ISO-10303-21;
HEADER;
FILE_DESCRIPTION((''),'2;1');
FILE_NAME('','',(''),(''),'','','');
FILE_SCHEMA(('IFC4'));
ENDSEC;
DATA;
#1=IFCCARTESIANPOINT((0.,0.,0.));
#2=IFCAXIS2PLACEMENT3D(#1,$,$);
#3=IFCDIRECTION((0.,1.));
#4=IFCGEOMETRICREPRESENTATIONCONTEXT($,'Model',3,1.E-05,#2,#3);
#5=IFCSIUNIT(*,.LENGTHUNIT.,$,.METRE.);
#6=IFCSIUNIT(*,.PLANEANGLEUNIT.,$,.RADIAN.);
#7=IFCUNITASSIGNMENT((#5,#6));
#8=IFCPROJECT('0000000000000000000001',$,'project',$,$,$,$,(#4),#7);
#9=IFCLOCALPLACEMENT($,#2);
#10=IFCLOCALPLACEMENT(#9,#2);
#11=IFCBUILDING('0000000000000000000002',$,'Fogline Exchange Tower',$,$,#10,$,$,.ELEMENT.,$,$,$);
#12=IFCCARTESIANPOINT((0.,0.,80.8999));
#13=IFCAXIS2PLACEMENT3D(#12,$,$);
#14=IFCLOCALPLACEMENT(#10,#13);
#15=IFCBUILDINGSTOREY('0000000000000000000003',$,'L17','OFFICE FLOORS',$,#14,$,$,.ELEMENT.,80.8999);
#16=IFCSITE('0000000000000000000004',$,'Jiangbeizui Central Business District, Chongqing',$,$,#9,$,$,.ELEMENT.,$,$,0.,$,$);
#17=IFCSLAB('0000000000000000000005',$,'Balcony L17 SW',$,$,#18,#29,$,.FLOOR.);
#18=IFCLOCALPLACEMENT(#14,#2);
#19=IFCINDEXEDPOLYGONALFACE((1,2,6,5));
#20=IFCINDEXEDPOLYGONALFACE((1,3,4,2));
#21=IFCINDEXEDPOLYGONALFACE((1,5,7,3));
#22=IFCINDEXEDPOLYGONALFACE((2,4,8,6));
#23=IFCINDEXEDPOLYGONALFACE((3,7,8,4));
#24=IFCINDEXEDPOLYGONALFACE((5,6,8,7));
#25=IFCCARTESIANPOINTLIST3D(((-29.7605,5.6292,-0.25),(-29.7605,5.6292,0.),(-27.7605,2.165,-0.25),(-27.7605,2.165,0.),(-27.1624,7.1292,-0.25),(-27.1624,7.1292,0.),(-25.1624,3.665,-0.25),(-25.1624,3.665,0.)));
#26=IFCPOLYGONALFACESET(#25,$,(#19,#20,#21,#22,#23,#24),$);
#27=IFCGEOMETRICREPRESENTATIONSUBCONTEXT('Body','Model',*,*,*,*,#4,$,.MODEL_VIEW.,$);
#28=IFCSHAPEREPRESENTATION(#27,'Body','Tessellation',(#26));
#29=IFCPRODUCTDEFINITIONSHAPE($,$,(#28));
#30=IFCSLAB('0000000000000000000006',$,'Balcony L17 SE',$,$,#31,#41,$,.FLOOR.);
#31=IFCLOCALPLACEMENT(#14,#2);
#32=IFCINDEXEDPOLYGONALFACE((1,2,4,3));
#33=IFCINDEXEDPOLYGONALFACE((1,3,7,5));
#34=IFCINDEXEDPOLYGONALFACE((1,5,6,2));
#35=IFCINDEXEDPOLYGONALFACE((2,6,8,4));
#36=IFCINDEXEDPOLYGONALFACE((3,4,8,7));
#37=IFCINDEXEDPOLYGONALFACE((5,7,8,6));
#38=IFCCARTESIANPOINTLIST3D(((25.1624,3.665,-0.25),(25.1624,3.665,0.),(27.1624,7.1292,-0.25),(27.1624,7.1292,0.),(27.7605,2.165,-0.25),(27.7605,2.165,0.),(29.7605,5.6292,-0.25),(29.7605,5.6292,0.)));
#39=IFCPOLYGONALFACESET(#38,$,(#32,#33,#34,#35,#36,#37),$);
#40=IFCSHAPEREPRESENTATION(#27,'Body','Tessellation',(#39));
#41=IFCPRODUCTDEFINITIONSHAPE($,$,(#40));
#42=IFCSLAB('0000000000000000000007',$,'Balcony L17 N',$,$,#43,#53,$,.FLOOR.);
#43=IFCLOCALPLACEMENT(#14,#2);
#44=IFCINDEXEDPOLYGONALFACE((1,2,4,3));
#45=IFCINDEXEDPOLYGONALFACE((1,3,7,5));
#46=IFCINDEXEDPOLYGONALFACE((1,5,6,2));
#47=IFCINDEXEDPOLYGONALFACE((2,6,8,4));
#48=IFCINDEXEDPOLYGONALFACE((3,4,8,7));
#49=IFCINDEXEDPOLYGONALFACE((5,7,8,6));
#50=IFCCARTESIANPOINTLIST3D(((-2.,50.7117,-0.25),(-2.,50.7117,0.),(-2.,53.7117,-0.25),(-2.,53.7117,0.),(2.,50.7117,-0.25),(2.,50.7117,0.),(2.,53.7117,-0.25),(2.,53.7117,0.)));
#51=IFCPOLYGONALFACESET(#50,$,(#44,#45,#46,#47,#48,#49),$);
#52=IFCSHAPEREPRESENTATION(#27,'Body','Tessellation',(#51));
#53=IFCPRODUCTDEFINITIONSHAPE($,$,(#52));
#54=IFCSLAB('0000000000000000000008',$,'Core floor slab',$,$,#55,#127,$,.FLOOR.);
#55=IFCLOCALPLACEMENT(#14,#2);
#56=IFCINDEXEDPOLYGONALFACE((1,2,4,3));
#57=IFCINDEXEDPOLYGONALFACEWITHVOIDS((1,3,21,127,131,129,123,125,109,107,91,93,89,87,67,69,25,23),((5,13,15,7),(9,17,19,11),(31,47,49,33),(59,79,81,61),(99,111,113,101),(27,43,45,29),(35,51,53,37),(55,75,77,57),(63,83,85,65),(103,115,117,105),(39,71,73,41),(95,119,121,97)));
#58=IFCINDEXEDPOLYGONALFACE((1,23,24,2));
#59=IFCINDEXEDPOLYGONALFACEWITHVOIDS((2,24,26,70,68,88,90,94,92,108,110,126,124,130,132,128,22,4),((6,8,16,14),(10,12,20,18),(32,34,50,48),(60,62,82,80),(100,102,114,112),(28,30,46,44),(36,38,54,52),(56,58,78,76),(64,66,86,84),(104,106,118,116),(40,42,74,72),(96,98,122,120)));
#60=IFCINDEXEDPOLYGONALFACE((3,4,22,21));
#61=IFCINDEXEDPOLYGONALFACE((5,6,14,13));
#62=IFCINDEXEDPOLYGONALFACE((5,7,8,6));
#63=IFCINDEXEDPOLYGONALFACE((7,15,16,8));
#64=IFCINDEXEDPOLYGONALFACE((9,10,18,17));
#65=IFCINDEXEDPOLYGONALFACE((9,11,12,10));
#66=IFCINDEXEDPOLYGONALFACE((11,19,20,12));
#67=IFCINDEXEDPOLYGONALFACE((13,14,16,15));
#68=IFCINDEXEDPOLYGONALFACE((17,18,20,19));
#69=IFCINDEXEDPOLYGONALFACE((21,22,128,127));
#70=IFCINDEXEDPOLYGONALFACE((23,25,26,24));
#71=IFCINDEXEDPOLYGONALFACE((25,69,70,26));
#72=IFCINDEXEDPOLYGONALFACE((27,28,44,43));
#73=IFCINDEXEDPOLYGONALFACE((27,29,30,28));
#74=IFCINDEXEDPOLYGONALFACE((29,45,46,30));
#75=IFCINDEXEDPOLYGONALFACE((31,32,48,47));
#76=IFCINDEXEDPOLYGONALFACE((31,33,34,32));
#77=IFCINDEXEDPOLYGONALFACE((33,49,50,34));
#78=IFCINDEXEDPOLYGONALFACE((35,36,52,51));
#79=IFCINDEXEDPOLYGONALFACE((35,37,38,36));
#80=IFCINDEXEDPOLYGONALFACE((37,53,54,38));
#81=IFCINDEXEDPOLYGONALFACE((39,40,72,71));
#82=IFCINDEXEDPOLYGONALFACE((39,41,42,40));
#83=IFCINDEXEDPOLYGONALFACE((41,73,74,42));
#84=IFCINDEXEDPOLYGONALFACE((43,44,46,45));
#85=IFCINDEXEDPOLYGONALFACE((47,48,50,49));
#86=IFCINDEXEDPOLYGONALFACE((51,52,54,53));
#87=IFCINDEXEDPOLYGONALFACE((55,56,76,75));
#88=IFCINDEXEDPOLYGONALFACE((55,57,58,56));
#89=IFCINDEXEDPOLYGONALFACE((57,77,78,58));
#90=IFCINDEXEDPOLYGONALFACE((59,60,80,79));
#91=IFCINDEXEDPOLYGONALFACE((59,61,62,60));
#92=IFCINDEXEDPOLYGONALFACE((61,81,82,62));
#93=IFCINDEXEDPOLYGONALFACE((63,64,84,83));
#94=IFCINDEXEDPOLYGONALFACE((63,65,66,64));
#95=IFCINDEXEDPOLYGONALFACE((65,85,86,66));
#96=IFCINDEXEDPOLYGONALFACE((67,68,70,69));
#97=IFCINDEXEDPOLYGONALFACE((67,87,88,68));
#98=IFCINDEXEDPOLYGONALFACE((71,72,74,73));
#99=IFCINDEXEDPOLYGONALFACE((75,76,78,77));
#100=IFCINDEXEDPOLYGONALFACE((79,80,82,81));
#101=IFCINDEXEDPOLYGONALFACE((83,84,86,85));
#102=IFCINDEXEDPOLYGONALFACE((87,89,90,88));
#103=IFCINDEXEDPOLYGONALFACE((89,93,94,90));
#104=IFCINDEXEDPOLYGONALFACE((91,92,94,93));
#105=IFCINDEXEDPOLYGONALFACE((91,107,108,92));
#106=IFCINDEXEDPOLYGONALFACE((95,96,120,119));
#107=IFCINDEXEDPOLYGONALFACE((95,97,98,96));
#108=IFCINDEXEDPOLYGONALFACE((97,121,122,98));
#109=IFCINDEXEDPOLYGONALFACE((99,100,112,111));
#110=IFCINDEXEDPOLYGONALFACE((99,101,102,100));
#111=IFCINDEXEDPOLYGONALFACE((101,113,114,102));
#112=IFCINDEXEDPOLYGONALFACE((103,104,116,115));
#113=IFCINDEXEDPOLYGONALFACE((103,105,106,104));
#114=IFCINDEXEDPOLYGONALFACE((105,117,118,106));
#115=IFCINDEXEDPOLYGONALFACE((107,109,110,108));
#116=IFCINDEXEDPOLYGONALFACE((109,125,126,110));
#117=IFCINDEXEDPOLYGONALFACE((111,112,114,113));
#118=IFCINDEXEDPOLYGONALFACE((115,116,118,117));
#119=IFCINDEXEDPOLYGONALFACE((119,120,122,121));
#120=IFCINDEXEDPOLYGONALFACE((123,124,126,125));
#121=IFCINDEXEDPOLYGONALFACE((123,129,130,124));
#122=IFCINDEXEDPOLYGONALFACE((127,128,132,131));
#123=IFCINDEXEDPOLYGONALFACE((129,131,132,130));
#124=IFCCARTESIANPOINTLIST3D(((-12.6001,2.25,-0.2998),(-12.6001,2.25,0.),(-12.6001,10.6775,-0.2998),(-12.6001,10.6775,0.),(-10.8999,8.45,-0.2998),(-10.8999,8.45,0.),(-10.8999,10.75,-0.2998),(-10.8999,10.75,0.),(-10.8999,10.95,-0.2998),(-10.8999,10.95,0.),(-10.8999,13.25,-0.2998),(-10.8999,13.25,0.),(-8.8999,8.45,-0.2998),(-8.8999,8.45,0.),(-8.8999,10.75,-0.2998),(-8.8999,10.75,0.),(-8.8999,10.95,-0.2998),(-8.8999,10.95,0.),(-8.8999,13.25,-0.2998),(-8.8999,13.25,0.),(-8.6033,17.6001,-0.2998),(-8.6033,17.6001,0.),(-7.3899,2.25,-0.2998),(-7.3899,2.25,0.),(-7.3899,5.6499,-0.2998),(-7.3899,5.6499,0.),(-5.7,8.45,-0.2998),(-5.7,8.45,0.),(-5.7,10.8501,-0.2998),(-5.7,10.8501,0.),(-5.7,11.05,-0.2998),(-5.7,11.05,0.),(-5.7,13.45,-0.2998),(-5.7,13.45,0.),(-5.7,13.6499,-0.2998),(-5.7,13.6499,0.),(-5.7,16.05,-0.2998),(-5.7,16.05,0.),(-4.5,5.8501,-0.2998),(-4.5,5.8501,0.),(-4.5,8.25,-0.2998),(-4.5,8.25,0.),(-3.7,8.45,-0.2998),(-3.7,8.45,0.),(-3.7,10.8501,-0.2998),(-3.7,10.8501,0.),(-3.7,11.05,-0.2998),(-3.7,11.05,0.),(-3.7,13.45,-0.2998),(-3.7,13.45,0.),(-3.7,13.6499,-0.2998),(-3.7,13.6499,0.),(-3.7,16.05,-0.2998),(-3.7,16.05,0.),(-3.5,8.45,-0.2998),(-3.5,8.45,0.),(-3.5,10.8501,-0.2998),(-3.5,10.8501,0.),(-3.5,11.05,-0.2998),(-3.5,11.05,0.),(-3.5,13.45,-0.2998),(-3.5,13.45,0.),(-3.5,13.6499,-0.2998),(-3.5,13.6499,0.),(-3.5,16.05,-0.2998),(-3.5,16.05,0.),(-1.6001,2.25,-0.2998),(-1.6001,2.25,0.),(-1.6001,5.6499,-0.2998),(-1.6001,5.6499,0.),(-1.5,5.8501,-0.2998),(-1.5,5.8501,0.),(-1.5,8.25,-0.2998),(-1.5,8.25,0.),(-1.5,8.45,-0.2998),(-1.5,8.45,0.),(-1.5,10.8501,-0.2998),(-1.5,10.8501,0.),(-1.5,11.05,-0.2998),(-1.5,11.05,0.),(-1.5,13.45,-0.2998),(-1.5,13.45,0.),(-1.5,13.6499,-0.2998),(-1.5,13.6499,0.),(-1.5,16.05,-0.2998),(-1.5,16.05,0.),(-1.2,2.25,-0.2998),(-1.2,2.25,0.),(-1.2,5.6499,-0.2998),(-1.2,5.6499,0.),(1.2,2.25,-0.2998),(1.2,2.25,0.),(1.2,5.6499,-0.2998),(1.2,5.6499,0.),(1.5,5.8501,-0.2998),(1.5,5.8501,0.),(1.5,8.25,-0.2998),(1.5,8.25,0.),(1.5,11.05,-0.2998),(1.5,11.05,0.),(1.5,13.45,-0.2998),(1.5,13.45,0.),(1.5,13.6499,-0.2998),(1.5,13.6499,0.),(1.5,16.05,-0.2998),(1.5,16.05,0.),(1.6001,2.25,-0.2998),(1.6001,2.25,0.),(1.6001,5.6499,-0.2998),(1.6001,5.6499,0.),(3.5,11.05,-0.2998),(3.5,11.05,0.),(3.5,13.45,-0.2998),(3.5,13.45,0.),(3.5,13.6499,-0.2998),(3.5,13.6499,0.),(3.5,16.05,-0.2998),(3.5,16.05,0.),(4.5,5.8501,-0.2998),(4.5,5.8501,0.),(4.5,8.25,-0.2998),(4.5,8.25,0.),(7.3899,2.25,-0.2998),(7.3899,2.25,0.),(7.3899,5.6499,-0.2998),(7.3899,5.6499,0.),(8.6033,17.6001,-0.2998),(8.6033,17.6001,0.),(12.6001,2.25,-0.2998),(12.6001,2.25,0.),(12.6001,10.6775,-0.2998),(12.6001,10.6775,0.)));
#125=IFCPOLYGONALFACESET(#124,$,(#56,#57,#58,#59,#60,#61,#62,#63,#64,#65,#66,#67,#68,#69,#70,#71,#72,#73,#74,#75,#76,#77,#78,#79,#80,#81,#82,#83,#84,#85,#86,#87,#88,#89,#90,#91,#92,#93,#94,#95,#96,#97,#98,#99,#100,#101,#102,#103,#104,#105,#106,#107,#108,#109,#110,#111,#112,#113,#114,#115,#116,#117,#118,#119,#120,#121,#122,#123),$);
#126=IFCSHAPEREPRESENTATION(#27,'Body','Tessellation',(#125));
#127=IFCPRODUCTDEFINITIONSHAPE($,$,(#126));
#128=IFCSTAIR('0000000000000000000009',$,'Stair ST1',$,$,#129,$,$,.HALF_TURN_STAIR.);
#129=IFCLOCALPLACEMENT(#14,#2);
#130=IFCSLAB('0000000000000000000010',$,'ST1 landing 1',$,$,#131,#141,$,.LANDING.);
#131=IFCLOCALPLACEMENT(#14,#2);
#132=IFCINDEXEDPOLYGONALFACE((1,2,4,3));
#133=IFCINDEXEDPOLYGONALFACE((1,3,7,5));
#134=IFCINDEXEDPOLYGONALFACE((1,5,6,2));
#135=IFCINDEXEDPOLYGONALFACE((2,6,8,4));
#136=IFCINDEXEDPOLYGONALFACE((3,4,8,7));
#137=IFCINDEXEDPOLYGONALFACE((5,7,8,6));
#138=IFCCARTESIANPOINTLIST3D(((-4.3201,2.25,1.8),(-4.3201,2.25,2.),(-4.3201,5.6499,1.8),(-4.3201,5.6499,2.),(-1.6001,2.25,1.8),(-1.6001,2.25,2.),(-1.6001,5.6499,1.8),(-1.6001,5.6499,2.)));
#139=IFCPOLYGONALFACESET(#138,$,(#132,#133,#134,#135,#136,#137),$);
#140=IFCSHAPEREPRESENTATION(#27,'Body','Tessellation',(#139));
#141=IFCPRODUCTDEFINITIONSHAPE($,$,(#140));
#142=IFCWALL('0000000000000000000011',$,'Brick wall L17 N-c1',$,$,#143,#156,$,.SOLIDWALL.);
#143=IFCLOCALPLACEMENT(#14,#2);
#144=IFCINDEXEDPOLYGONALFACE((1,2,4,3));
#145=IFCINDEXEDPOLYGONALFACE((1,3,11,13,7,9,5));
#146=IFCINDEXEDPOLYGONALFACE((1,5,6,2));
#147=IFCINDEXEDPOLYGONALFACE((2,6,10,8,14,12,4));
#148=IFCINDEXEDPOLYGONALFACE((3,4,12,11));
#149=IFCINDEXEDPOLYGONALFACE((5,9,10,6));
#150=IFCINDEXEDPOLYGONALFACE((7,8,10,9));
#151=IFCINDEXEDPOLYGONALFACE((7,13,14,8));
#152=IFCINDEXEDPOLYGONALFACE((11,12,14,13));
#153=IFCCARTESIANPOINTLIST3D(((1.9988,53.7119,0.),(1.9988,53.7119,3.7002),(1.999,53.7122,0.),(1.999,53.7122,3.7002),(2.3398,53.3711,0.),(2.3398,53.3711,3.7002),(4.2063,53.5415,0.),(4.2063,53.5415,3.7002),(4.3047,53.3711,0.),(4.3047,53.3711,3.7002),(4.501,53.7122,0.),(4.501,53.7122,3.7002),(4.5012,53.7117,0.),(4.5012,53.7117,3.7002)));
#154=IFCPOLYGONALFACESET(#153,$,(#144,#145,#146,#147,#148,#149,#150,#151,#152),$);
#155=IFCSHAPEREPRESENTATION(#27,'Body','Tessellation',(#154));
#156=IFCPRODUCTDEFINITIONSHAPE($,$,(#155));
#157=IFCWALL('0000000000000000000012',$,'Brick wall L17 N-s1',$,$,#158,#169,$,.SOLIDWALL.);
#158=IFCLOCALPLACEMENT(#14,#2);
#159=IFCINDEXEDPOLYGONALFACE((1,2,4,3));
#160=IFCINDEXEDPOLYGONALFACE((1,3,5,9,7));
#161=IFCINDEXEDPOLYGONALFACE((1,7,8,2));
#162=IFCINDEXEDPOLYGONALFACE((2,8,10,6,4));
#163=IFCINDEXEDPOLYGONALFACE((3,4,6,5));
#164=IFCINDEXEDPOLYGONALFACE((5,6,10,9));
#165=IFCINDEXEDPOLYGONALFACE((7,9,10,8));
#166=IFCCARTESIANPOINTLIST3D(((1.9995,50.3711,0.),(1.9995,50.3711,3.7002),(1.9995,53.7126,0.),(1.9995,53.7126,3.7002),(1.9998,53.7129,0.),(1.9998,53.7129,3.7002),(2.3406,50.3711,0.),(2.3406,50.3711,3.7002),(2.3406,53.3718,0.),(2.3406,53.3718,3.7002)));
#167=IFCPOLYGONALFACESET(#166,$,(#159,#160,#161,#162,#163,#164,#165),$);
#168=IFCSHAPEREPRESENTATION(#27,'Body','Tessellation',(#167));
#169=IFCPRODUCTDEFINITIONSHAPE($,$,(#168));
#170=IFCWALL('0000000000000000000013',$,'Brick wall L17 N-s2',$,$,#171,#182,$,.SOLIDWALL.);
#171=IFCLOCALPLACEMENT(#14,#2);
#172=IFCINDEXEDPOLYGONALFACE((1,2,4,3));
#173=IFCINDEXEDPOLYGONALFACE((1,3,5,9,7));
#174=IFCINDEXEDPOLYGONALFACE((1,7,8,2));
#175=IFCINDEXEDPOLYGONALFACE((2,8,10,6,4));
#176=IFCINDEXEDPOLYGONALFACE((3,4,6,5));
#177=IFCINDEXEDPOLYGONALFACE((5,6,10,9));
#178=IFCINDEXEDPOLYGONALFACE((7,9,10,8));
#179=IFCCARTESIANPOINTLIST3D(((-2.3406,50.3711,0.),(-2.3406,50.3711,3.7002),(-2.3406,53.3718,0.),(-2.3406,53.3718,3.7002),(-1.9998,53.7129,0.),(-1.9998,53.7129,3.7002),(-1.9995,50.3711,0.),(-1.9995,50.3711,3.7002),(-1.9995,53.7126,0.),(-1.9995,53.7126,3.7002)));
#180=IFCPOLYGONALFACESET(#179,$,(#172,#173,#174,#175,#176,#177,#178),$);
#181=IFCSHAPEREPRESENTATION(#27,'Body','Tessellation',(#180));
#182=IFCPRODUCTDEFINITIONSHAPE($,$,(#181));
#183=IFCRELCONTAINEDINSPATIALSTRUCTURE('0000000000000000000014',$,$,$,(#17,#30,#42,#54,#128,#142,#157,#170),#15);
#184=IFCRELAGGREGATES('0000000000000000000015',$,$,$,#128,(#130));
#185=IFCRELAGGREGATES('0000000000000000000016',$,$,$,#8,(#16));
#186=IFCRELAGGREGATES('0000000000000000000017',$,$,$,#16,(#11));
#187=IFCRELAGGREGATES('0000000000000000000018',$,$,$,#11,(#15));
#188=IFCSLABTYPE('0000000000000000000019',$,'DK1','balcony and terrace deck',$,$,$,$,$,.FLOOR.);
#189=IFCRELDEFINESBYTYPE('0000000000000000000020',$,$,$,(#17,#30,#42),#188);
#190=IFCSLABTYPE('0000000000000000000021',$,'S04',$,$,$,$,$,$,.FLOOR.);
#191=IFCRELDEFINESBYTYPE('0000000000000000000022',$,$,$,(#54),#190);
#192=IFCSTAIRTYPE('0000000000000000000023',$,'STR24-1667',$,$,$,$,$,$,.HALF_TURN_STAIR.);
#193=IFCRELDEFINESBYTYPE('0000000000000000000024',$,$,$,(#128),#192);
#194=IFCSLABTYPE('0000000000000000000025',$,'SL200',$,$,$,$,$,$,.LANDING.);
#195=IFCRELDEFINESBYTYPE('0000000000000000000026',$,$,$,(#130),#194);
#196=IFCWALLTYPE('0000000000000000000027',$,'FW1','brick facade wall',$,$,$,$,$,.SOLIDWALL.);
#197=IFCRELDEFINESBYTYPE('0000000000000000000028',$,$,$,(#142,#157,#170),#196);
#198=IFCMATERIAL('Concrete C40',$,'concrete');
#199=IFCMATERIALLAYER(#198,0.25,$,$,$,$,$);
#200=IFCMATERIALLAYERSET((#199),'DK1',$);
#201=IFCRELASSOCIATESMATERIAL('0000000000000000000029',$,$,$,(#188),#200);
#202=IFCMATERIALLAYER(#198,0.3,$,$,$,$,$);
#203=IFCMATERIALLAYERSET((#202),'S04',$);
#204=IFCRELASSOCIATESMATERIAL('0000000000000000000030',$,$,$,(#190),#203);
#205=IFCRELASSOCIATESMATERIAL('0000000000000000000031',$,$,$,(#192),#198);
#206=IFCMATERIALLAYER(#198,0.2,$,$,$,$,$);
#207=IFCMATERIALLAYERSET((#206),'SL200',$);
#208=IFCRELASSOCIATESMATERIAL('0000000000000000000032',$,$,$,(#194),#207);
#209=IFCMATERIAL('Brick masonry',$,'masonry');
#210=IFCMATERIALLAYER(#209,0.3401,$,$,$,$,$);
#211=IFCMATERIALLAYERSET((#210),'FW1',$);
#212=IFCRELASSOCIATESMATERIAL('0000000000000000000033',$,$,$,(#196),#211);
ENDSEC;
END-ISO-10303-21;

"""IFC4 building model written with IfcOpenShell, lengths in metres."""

from ifc_helpers import new_model, si_unit, direction, frame, origin, place, context, subcontext, project, spatial, polyline, outline, extrude, material, layer, layer_set, type_object, element, aggregate, save


model = new_model("IFC4")

# Units and contexts
model_context = context("Model", 3, precision=1e-05, world=origin(), true_north=direction((0.0, 1.0)))
body_context = subcontext(model_context, "Body", "Model", "MODEL_VIEW")
ifc_project = project(units=[si_unit("LENGTHUNIT", "METRE"), si_unit("PLANEANGLEUNIT", "RADIAN")], contexts=[model_context])

# Site, building, storey
site_placement = place(None, origin())
site = spatial("IfcSite", under=ifc_project, at=site_placement, Name="Jiangbeizui Central Business District, Chongqing", CompositionType="ELEMENT", RefElevation=0.0)
building_placement = place(site_placement, origin())
building = spatial("IfcBuilding", under=site, at=building_placement, Name="Fogline Exchange Tower", CompositionType="ELEMENT")
storey_placement = place(building_placement, frame((0.0, 0.0, 80.8999)))
storey = spatial("IfcBuildingStorey", under=building, at=storey_placement, Name="L17", Description="OFFICE FLOORS", CompositionType="ELEMENT", Elevation=80.8999)

# Slabs
ifc_material_1 = material(Name="Concrete C40", Category="concrete")
ifc_layer_1 = layer(ifc_material_1, 0.25)
ifc_layer_set_1 = layer_set([ifc_layer_1], Name="DK1")
slab_type_1 = type_object("IfcSlabType", Name="DK1", Description="balcony and terrace deck", PredefinedType="FLOOR", material=ifc_layer_set_1)
slab_1_placement = place(storey_placement, frame((0.0, 0.0, -0.25)))
element("IfcSlab", 1, at=slab_1_placement, inside=storey, type_object=slab_type_1, Name="Balcony L17 SW", PredefinedType="FLOOR", context=body_context, shape_type="SweptSolid", body=[
    extrude(outline(polyline([(-29.7605, 5.6292), (-27.7605, 2.165), (-25.1624, 3.665), (-27.1624, 7.1292), (-29.7605, 5.6292)])), origin(), (0.0, 0.0, 1.0), 0.25),
])
slab_2_placement = place(storey_placement, frame((0.0, 0.0, -0.25)))
element("IfcSlab", 2, at=slab_2_placement, inside=storey, type_object=slab_type_1, Name="Balcony L17 SE", PredefinedType="FLOOR", context=body_context, shape_type="SweptSolid", body=[
    extrude(outline(polyline([(27.7605, 2.165), (29.7605, 5.6292), (27.1624, 7.1292), (25.1624, 3.665), (27.7605, 2.165)])), origin(), (0.0, 0.0, 1.0), 0.25),
])
slab_3_placement = place(storey_placement, frame((0.0, 0.0, -0.25)))
element("IfcSlab", 3, at=slab_3_placement, inside=storey, type_object=slab_type_1, Name="Balcony L17 N", PredefinedType="FLOOR", context=body_context, shape_type="SweptSolid", body=[
    extrude(outline(polyline([(2.0, 53.7117), (-2.0, 53.7117), (-2.0, 50.7117), (2.0, 50.7117), (2.0, 53.7117)])), origin(), (0.0, 0.0, 1.0), 0.25),
])
ifc_layer_2 = layer(ifc_material_1, 0.3)
ifc_layer_set_2 = layer_set([ifc_layer_2], Name="S04")
slab_type_2 = type_object("IfcSlabType", Name="S04", PredefinedType="FLOOR", material=ifc_layer_set_2)
slab_4_placement = place(storey_placement, frame((0.0, 0.0, -0.2998)))
element("IfcSlab", 4, at=slab_4_placement, inside=storey, type_object=slab_type_2, Name="Core floor slab", PredefinedType="FLOOR", context=body_context, shape_type="SweptSolid", body=[
    extrude(outline(polyline([(-12.6001, 2.25), (-12.6001, 10.6775), (-8.6033, 17.6001), (8.6033, 17.6001), (12.6001, 10.6775), (12.6001, 2.25), (7.3899, 2.25), (7.3899, 5.6499), (1.6001, 5.6499), (1.6001, 2.25), (1.2, 2.25), (1.2, 5.6499), (-1.2, 5.6499), (-1.2, 2.25), (-1.6001, 2.25), (-1.6001, 5.6499), (-7.3899, 5.6499), (-7.3899, 2.25), (-12.6001, 2.25)]), holes=[polyline([(-1.5, 8.25), (-4.5, 8.25), (-4.5, 5.8501), (-1.5, 5.8501), (-1.5, 8.25)]), polyline([(-8.8999, 10.75), (-10.8999, 10.75), (-10.8999, 8.45), (-8.8999, 8.45), (-8.8999, 10.75)]), polyline([(-3.7, 10.8501), (-5.7, 10.8501), (-5.7, 8.45), (-3.7, 8.45), (-3.7, 10.8501)]), polyline([(-1.5, 10.8501), (-3.5, 10.8501), (-3.5, 8.45), (-1.5, 8.45), (-1.5, 10.8501)]), polyline([(-8.8999, 13.25), (-10.8999, 13.25), (-10.8999, 10.95), (-8.8999, 10.95), (-8.8999, 13.25)]), polyline([(-3.7, 13.45), (-5.7, 13.45), (-5.7, 11.05), (-3.7, 11.05), (-3.7, 13.45)]), polyline([(-3.7, 16.05), (-5.7, 16.05), (-5.7, 13.6499), (-3.7, 13.6499), (-3.7, 16.05)]), polyline([(4.5, 8.25), (1.5, 8.25), (1.5, 5.8501), (4.5, 5.8501), (4.5, 8.25)]), polyline([(-1.5, 13.45), (-3.5, 13.45), (-3.5, 11.05), (-1.5, 11.05), (-1.5, 13.45)]), polyline([(3.5, 13.45), (1.5, 13.45), (1.5, 11.05), (3.5, 11.05), (3.5, 13.45)]), polyline([(-1.5, 16.05), (-3.5, 16.05), (-3.5, 13.6499), (-1.5, 13.6499), (-1.5, 16.05)]), polyline([(3.5, 16.05), (1.5, 16.05), (1.5, 13.6499), (3.5, 13.6499), (3.5, 16.05)])]), origin(), (0.0, 0.0, 1.0), 0.2998),
])

# Stair, slab
stair_type = type_object("IfcStairType", Name="STR24-1667", PredefinedType="HALF_TURN_STAIR", material=ifc_material_1)
stair_placement = place(storey_placement, origin())
stair = element("IfcStair", 5, at=stair_placement, inside=storey, type_object=stair_type, Name="Stair ST1", PredefinedType="HALF_TURN_STAIR")
ifc_layer_3 = layer(ifc_material_1, 0.2)
ifc_layer_set_3 = layer_set([ifc_layer_3], Name="SL200")
slab_type_3 = type_object("IfcSlabType", Name="SL200", PredefinedType="LANDING", material=ifc_layer_set_3)
slab_5_placement = place(storey_placement, frame((0.0, 0.0, 1.8)))
slab_5 = element("IfcSlab", 6, at=slab_5_placement, type_object=slab_type_3, Name="ST1 landing 1", PredefinedType="LANDING", context=body_context, shape_type="SweptSolid", body=[
    extrude(outline(polyline([(-4.3201, 2.25), (-1.6001, 2.25), (-1.6001, 5.6499), (-4.3201, 5.6499), (-4.3201, 2.25)])), origin(), (0.0, 0.0, 1.0), 0.2),
])
aggregate(stair, [slab_5])

# Walls
ifc_material_2 = material(Name="Brick masonry", Category="masonry")
ifc_layer_4 = layer(ifc_material_2, 0.3401)
ifc_layer_set_4 = layer_set([ifc_layer_4], Name="FW1")
wall_type_1 = type_object("IfcWallType", Name="FW1", Description="brick facade wall", PredefinedType="SOLIDWALL", material=ifc_layer_set_4)
wall_1_placement = place(storey_placement, origin())
element("IfcWall", 7, at=wall_1_placement, inside=storey, type_object=wall_type_1, Name="Brick wall L17 N-c1", PredefinedType="SOLIDWALL", context=body_context, shape_type="SweptSolid", body=[
    extrude(outline(polyline([(1.999, 53.7122), (4.501, 53.7122), (4.5012, 53.7117), (4.2063, 53.5415), (4.3047, 53.3711), (2.3398, 53.3711), (1.9988, 53.7119), (1.999, 53.7122)])), origin(), (0.0, 0.0, 1.0), 3.7002),
])
wall_2_placement = place(storey_placement, origin())
element("IfcWall", 8, at=wall_2_placement, inside=storey, type_object=wall_type_1, Name="Brick wall L17 N-s1", PredefinedType="SOLIDWALL", context=body_context, shape_type="SweptSolid", body=[
    extrude(outline(polyline([(2.3406, 50.3711), (1.9995, 50.3711), (1.9995, 53.7126), (1.9998, 53.7129), (2.3406, 53.3718), (2.3406, 50.3711)])), origin(), (0.0, 0.0, 1.0), 3.7002),
])
wall_3_placement = place(storey_placement, origin())
element("IfcWall", 9, at=wall_3_placement, inside=storey, type_object=wall_type_1, Name="Brick wall L17 N-s2", PredefinedType="SOLIDWALL", context=body_context, shape_type="SweptSolid", body=[
    extrude(outline(polyline([(-1.9995, 53.7126), (-1.9995, 50.3711), (-2.3406, 50.3711), (-2.3406, 53.3718), (-1.9998, 53.7129), (-1.9995, 53.7126)])), origin(), (0.0, 0.0, 1.0), 3.7002),
])

save(model, "model.ifc")
